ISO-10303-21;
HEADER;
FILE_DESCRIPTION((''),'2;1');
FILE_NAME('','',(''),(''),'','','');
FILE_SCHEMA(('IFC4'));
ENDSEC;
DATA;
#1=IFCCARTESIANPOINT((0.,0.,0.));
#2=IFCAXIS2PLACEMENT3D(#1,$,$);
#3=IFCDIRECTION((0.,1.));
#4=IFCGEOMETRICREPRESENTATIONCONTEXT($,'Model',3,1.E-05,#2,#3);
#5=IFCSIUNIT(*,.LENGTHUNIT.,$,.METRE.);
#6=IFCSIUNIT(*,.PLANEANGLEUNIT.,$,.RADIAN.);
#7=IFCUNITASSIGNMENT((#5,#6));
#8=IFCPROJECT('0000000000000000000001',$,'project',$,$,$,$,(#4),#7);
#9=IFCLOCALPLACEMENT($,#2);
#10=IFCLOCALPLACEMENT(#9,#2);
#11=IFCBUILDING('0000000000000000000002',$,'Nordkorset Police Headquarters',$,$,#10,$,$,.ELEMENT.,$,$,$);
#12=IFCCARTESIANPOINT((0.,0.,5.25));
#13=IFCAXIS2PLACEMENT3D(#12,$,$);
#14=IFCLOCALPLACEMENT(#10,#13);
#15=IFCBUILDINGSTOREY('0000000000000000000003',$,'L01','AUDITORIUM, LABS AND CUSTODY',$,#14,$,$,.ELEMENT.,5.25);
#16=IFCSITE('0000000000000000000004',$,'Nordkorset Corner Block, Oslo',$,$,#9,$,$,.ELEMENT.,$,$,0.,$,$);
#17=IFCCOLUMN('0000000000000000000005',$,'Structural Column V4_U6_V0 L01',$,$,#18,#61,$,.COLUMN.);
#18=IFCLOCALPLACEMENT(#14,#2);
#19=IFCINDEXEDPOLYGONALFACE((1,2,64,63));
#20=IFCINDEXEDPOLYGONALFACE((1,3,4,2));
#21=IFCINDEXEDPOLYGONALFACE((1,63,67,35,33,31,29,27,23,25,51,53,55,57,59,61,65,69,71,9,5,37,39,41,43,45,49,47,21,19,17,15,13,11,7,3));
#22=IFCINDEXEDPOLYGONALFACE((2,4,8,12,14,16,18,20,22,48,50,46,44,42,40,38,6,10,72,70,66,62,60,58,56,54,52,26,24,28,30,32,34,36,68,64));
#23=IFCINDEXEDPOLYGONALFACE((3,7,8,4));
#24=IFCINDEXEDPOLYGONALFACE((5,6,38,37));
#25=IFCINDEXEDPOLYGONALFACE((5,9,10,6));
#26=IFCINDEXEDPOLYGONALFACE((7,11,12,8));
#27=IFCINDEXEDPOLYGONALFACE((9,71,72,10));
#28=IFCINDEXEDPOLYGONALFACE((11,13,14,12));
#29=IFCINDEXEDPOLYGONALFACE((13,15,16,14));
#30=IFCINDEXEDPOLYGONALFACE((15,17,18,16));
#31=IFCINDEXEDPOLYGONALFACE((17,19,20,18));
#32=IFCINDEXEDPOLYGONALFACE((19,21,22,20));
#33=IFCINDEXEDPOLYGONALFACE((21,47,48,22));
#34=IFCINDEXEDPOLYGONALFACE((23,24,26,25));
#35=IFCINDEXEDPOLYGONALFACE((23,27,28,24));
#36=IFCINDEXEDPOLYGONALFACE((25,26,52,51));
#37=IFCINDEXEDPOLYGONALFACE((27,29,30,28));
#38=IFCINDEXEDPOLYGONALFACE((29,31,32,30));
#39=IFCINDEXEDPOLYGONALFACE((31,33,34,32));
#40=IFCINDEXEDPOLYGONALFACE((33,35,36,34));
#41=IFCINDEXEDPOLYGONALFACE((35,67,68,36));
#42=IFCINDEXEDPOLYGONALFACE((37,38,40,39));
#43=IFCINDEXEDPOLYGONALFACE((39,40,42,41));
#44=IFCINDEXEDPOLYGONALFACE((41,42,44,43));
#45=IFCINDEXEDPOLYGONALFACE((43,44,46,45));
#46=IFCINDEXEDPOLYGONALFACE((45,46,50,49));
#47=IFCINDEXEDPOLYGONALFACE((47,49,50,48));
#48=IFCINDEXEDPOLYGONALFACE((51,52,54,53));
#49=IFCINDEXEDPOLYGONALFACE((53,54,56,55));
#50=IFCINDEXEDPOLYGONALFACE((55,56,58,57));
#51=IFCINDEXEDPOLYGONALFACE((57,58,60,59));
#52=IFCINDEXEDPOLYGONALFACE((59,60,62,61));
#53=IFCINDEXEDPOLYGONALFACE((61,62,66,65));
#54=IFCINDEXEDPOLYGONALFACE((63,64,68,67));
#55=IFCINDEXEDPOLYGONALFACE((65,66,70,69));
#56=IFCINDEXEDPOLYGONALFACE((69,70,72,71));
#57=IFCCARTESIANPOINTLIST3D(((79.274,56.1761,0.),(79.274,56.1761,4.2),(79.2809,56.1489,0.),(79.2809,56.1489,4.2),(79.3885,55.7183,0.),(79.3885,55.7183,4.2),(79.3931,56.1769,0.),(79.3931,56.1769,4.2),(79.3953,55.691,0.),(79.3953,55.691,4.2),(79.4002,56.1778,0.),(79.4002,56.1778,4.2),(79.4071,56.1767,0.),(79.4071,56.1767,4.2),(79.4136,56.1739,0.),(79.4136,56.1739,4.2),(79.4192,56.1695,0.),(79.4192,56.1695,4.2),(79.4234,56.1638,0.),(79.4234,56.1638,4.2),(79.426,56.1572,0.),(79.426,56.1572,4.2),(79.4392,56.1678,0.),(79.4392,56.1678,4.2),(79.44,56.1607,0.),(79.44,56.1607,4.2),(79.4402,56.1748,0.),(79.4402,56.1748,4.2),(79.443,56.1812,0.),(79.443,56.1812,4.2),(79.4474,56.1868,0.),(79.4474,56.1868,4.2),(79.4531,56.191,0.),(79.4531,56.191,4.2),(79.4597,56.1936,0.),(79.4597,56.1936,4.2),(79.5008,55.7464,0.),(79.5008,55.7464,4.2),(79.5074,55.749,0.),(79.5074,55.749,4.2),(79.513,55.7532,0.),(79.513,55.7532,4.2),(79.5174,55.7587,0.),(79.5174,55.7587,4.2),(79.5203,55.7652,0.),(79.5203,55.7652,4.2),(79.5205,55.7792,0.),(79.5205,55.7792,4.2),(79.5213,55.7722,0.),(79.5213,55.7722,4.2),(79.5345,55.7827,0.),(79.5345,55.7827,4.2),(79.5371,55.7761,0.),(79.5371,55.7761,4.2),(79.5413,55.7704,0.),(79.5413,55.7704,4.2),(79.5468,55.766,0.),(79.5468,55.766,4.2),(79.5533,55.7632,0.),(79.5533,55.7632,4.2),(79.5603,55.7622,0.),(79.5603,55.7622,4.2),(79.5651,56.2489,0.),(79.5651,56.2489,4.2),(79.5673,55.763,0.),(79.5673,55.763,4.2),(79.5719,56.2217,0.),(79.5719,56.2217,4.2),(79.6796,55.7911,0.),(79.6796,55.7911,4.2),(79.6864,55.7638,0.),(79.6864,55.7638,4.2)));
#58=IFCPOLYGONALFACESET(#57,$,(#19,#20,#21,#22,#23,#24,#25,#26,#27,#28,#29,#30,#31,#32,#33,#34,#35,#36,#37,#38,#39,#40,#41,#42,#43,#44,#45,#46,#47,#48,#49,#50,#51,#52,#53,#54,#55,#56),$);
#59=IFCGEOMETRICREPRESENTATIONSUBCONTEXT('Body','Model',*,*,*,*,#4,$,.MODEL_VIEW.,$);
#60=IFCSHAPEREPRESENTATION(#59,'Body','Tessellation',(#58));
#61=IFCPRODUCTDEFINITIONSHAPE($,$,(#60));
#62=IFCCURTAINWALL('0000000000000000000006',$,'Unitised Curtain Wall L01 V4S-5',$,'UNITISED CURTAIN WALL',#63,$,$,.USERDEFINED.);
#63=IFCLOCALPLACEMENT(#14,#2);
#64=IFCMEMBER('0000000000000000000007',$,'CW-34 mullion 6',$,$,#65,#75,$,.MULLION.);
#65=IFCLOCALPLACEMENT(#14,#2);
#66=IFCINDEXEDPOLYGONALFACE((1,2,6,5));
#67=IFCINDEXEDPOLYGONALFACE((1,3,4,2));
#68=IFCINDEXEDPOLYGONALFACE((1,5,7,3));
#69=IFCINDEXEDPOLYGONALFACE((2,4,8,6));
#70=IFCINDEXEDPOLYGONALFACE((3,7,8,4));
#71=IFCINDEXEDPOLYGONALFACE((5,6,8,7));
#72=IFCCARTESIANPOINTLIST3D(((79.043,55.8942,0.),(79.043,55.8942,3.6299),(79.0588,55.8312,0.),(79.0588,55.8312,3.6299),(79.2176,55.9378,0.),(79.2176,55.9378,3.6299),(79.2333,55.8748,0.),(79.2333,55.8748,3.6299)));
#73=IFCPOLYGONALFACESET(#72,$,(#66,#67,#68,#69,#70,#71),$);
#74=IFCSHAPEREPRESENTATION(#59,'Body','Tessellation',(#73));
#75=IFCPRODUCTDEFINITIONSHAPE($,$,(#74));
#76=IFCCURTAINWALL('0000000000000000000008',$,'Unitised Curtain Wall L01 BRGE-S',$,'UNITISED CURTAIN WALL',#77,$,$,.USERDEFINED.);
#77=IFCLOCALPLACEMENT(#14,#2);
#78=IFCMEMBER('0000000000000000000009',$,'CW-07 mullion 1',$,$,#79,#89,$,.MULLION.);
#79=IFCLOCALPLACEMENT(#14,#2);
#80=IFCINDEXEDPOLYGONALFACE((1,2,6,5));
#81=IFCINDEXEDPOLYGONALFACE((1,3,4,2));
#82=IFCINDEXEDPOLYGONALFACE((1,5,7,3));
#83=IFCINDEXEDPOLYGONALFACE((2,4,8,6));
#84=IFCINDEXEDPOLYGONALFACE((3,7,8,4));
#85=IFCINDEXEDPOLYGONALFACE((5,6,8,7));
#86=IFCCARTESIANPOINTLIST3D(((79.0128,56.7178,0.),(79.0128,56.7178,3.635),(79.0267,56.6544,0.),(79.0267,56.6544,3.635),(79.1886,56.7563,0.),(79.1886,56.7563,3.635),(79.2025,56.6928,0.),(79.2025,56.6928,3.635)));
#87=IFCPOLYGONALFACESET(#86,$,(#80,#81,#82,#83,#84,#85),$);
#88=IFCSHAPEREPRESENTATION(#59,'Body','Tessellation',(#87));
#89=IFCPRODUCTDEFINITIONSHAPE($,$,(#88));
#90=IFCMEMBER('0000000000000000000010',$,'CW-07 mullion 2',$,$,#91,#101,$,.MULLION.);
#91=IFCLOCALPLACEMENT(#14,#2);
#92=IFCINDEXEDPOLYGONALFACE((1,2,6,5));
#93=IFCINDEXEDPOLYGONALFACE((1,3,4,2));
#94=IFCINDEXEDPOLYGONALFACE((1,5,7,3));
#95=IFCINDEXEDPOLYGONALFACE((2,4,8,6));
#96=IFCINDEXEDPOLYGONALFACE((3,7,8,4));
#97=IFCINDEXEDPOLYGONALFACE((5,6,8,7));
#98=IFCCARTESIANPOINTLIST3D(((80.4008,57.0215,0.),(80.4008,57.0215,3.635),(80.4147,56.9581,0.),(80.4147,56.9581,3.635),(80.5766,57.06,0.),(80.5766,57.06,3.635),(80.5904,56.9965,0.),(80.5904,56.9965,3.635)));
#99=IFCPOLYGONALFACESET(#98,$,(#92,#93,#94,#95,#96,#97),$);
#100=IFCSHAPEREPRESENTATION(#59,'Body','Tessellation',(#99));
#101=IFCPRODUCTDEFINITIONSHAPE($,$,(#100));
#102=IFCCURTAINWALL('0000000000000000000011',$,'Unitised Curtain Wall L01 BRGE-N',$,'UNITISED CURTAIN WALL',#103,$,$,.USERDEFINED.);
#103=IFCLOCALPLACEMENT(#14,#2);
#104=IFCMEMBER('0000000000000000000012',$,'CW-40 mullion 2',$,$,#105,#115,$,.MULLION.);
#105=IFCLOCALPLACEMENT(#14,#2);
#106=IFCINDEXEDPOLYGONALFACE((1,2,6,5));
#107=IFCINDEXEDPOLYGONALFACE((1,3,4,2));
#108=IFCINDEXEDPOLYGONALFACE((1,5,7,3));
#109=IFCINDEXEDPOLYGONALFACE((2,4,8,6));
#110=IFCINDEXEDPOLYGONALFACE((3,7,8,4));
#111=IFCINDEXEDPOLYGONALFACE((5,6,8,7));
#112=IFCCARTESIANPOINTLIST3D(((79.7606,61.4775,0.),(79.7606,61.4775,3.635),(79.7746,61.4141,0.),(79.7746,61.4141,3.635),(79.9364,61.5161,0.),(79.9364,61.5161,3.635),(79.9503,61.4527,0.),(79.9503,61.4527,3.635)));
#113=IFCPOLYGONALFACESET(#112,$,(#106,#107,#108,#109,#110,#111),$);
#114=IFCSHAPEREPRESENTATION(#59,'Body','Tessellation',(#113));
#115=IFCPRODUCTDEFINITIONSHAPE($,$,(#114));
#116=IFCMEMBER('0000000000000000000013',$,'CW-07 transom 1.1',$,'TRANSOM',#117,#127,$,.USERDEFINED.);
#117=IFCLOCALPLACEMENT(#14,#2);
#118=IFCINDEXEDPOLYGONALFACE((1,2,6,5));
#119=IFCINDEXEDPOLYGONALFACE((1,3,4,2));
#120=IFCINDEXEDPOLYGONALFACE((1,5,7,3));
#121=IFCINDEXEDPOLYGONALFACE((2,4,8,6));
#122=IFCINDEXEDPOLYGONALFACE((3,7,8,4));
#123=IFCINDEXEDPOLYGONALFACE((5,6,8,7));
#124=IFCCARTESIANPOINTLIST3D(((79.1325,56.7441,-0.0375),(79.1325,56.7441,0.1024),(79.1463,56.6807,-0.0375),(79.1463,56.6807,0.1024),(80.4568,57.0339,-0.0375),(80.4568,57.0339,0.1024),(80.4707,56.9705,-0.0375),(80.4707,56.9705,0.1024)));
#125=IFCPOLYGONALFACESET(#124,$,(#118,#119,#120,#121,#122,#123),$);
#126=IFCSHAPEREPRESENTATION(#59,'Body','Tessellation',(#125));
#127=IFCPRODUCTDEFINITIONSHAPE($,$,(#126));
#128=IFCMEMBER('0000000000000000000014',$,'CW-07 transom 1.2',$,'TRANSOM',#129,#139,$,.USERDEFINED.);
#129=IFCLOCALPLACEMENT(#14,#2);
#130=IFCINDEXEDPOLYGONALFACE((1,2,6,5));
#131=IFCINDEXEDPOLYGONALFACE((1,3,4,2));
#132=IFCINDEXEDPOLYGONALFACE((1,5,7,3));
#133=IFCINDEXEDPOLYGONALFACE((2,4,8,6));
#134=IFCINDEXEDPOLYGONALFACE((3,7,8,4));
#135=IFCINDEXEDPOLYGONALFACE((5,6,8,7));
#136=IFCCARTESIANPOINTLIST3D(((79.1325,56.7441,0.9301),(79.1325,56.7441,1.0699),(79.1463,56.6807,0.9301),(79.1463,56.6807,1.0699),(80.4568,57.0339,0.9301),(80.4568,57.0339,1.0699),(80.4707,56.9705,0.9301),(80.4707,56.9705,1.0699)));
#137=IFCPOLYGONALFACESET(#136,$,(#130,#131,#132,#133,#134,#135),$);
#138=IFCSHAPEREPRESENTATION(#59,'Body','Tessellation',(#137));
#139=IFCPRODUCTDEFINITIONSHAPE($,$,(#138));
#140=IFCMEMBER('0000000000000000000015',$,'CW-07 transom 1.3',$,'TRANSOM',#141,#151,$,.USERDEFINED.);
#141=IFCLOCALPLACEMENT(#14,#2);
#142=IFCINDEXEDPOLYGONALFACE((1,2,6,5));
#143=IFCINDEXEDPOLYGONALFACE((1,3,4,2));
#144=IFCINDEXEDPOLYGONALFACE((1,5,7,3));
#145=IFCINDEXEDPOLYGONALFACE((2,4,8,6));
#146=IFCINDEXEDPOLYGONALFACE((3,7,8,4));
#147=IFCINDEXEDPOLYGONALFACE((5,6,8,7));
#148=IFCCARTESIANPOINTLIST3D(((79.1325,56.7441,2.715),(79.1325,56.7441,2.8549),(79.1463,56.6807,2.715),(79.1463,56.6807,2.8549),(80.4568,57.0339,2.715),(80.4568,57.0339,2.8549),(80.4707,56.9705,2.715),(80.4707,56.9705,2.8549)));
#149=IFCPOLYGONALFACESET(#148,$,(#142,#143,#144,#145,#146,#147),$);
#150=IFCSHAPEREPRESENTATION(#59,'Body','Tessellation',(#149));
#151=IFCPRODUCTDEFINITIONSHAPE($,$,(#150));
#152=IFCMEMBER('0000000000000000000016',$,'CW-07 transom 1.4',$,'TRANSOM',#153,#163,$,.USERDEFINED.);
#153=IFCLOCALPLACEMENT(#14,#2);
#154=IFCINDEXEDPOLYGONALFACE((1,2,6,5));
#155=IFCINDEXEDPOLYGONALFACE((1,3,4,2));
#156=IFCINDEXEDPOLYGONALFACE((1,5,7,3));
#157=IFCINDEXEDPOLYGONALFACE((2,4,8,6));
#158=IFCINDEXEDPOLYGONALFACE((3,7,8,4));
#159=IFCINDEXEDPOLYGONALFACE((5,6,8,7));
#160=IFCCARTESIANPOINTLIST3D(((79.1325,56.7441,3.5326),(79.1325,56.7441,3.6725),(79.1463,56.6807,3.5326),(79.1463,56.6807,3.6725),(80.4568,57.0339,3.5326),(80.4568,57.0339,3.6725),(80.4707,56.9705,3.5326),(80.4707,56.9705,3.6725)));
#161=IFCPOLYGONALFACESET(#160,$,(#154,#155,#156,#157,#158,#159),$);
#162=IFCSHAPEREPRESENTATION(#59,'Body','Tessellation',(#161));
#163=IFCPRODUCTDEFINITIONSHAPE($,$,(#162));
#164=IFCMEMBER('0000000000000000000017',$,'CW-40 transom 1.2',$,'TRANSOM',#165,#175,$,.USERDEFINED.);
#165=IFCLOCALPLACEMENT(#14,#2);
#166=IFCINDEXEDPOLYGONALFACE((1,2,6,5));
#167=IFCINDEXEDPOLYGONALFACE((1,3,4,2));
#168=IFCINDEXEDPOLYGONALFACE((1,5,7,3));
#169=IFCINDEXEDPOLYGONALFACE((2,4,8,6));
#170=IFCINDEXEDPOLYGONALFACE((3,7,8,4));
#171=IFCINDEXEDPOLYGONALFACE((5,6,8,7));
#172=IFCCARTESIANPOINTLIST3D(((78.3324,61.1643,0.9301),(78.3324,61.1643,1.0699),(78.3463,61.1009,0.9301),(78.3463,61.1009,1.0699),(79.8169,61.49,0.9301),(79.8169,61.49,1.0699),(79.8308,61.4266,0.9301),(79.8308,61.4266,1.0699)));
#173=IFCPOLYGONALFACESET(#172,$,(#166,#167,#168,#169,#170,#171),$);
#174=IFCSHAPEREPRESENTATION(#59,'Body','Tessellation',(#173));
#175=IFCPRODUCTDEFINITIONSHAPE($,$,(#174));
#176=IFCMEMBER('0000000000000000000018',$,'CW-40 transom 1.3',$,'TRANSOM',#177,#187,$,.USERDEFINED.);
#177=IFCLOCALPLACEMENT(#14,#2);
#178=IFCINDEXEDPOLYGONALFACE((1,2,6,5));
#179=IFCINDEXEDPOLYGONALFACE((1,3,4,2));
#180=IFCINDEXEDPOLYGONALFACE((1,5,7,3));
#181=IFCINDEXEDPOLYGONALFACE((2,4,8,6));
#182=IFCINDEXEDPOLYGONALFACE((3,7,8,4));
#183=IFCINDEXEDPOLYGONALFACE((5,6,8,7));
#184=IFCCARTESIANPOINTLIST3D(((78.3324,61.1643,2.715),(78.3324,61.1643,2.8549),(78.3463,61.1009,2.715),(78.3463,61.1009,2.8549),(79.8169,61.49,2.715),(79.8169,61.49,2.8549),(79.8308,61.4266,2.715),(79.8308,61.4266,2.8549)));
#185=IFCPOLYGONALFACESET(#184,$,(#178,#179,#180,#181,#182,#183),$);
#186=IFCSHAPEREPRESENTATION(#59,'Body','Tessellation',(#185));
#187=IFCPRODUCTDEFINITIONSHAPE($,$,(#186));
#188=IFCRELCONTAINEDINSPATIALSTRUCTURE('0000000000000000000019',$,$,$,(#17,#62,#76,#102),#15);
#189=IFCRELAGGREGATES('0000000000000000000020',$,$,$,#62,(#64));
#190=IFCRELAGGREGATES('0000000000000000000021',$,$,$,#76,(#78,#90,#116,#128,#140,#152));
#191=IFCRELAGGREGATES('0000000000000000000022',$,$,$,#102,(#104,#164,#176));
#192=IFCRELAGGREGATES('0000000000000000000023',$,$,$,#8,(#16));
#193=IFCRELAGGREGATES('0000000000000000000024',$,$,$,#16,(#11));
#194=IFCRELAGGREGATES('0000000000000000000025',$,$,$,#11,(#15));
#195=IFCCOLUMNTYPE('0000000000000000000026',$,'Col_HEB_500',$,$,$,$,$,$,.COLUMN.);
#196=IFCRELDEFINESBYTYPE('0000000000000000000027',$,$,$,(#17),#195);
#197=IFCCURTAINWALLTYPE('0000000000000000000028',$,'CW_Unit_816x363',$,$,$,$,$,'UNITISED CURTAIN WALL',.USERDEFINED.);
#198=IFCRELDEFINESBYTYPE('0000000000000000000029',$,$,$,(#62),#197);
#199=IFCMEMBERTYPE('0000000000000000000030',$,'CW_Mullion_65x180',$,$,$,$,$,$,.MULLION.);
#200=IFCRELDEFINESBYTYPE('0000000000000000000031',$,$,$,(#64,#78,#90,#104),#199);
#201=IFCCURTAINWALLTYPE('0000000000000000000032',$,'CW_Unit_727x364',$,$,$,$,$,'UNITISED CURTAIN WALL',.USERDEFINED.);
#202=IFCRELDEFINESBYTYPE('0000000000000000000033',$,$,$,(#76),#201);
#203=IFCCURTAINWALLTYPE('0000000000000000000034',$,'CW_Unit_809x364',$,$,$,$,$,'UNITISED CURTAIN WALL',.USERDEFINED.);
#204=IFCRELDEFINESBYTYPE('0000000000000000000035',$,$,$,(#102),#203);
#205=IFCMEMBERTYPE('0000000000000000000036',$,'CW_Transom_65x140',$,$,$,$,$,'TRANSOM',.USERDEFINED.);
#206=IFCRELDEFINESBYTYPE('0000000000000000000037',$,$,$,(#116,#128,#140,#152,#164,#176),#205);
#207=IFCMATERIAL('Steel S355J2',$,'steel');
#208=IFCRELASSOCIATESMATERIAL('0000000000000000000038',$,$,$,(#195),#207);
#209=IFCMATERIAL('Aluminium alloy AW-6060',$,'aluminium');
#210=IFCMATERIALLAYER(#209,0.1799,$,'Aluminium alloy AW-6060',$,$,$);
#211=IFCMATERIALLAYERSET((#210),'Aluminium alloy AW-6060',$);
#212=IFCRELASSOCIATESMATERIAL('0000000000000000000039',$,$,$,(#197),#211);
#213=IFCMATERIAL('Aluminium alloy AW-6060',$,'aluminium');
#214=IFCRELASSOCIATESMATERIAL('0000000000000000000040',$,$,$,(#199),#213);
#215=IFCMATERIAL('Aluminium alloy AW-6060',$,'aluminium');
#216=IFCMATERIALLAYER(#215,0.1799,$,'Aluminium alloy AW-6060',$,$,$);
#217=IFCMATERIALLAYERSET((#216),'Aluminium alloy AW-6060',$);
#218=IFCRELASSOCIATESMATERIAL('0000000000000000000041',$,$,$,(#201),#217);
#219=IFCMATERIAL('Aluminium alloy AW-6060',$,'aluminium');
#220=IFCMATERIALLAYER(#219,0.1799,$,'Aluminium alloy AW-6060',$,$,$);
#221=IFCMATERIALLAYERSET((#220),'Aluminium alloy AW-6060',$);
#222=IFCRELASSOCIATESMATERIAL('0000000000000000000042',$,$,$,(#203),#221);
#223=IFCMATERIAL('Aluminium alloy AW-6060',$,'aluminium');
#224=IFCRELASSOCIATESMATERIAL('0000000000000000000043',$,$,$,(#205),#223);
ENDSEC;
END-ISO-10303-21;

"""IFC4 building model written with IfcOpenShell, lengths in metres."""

from ifc_helpers import new_model, si_unit, direction, frame, origin, origin_2d, place, context, subcontext, project, spatial, rectangle, i_section, extrude, material, layer, layer_set, material_profile, profile_set, type_object, element, aggregate, save


model = new_model("IFC4")

# Units and contexts
model_context = context("Model", 3, precision=1e-05, world=origin(), true_north=direction((0.0, 1.0)))
body_context = subcontext(model_context, "Body", "Model", "MODEL_VIEW")
ifc_project = project(units=[si_unit("LENGTHUNIT", "METRE"), si_unit("PLANEANGLEUNIT", "RADIAN")], contexts=[model_context])

# Site, building, storey
site_placement = place(None, origin())
site = spatial("IfcSite", under=ifc_project, at=site_placement, Name="Nordkorset Corner Block, Oslo", CompositionType="ELEMENT", RefElevation=0.0)
building_placement = place(site_placement, origin())
building = spatial("IfcBuilding", under=site, at=building_placement, Name="Nordkorset Police Headquarters", CompositionType="ELEMENT")
storey_placement = place(building_placement, frame((0.0, 0.0, 5.25)))
storey = spatial("IfcBuildingStorey", under=building, at=storey_placement, Name="L01", Description="AUDITORIUM, LABS AND CUSTODY", CompositionType="ELEMENT", Elevation=5.25)

# Column
ifc_material_1 = material(Name="Steel S355J2", Category="steel")
ifc_material_profile_1 = material_profile(ifc_material_1, i_section(OverallWidth=0.3, OverallDepth=0.5, WebThickness=0.0144, FlangeThickness=0.0281, FilletRadius=0.0271, at=origin_2d()), Name="HEB 500")
ifc_profile_set_1 = profile_set([ifc_material_profile_1], Name="Steel S355J2")
column_type = type_object("IfcColumnType", Name="Col_HEB_500", PredefinedType="COLUMN", material=ifc_profile_set_1)
column_placement = place(storey_placement, frame((79.4802, 55.97, 0.0), z_axis=(0.0, 0.0, 1.0), x_axis=(0.970143, 0.242536, 0.0)))
element("IfcColumn", 1, at=column_placement, inside=storey, type_object=column_type, Name="Structural Column V4_U6_V0 L01", PredefinedType="COLUMN", context=body_context, shape_type="SweptSolid", body=[
    extrude(i_section(OverallWidth=0.3, OverallDepth=0.5, WebThickness=0.0144, FlangeThickness=0.0281, FilletRadius=0.0271, at=origin_2d()), origin(), (0.0, 0.0, 1.0), 4.2),
])

# Curtain wall, member
ifc_material_2 = material(Name="Aluminium alloy AW-6060", Category="aluminium")
ifc_layer_1 = layer(ifc_material_2, 0.1799, Name="Aluminium alloy AW-6060")
ifc_layer_set_1 = layer_set([ifc_layer_1], Name="Aluminium alloy AW-6060")
curtain_wall_type_1 = type_object("IfcCurtainWallType", Name="CW_Unit_816x363", ElementType="UNITISED CURTAIN WALL", PredefinedType="USERDEFINED", material=ifc_layer_set_1)
curtain_wall_1_placement = place(storey_placement, origin())
curtain_wall_1 = element("IfcCurtainWall", 2, at=curtain_wall_1_placement, inside=storey, type_object=curtain_wall_type_1, Name="Unitised Curtain Wall L01 V4S-5", ObjectType="UNITISED CURTAIN WALL", PredefinedType="USERDEFINED")
ifc_material_3 = material(Name="Aluminium alloy AW-6060", Category="aluminium")
ifc_material_profile_2 = material_profile(ifc_material_3, rectangle(XDim=0.0649, YDim=0.1799, at=origin_2d()), Name="ALU MULL 65x180")
ifc_profile_set_2 = profile_set([ifc_material_profile_2], Name="Aluminium alloy AW-6060")
member_type_1 = type_object("IfcMemberType", Name="CW_Mullion_65x180", PredefinedType="MULLION", material=ifc_profile_set_2)
member_1_placement = place(storey_placement, frame((79.1382, 55.8845, 0.0), z_axis=(0.0, 0.0, 1.0), x_axis=(-0.242536, 0.970143, 0.0)))
member_1 = element("IfcMember", 3, at=member_1_placement, type_object=member_type_1, Name="CW-34 mullion 6", PredefinedType="MULLION", context=body_context, shape_type="SweptSolid", body=[
    extrude(rectangle(XDim=0.0649, YDim=0.1799, at=origin_2d()), origin(), (0.0, 0.0, 1.0), 3.6299),
])

# Curtain wall, members
ifc_material_4 = material(Name="Aluminium alloy AW-6060", Category="aluminium")
ifc_layer_2 = layer(ifc_material_4, 0.1799, Name="Aluminium alloy AW-6060")
ifc_layer_set_2 = layer_set([ifc_layer_2], Name="Aluminium alloy AW-6060")
curtain_wall_type_2 = type_object("IfcCurtainWallType", Name="CW_Unit_727x364", ElementType="UNITISED CURTAIN WALL", PredefinedType="USERDEFINED", material=ifc_layer_set_2)
curtain_wall_2_placement = place(storey_placement, origin())
curtain_wall_2 = element("IfcCurtainWall", 4, at=curtain_wall_2_placement, inside=storey, type_object=curtain_wall_type_2, Name="Unitised Curtain Wall L01 BRGE-S", ObjectType="UNITISED CURTAIN WALL", PredefinedType="USERDEFINED")
member_2_placement = place(storey_placement, frame((79.1077, 56.7053, 0.0), z_axis=(0.0, 0.0, 1.0), x_axis=(-0.213737, 0.976891, 0.0)))
member_2 = element("IfcMember", 5, at=member_2_placement, type_object=member_type_1, Name="CW-07 mullion 1", PredefinedType="MULLION", context=body_context, shape_type="SweptSolid", body=[
    extrude(rectangle(XDim=0.0649, YDim=0.1799, at=origin_2d()), origin(), (0.0, 0.0, 1.0), 3.635),
])
member_3_placement = place(storey_placement, frame((80.4956, 57.009, 0.0), z_axis=(0.0, 0.0, 1.0), x_axis=(-0.213737, 0.976891, 0.0)))
member_3 = element("IfcMember", 6, at=member_3_placement, type_object=member_type_1, Name="CW-07 mullion 2", PredefinedType="MULLION", context=body_context, shape_type="SweptSolid", body=[
    extrude(rectangle(XDim=0.0649, YDim=0.1799, at=origin_2d()), origin(), (0.0, 0.0, 1.0), 3.635),
])

# Curtain wall, member
ifc_material_5 = material(Name="Aluminium alloy AW-6060", Category="aluminium")
ifc_layer_3 = layer(ifc_material_5, 0.1799, Name="Aluminium alloy AW-6060")
ifc_layer_set_3 = layer_set([ifc_layer_3], Name="Aluminium alloy AW-6060")
curtain_wall_type_3 = type_object("IfcCurtainWallType", Name="CW_Unit_809x364", ElementType="UNITISED CURTAIN WALL", PredefinedType="USERDEFINED", material=ifc_layer_set_3)
curtain_wall_3_placement = place(storey_placement, origin())
curtain_wall_3 = element("IfcCurtainWall", 7, at=curtain_wall_3_placement, inside=storey, type_object=curtain_wall_type_3, Name="Unitised Curtain Wall L01 BRGE-N", ObjectType="UNITISED CURTAIN WALL", PredefinedType="USERDEFINED")
member_4_placement = place(storey_placement, frame((79.8555, 61.4651, 0.0), z_axis=(0.0, 0.0, 1.0), x_axis=(-0.214298, 0.976768, 0.0)))
member_4 = element("IfcMember", 8, at=member_4_placement, type_object=member_type_1, Name="CW-40 mullion 2", PredefinedType="MULLION", context=body_context, shape_type="SweptSolid", body=[
    extrude(rectangle(XDim=0.0649, YDim=0.1799, at=origin_2d()), origin(), (0.0, 0.0, 1.0), 3.635),
])

# Members
ifc_material_6 = material(Name="Aluminium alloy AW-6060", Category="aluminium")
ifc_material_profile_3 = material_profile(ifc_material_6, rectangle(XDim=0.0649, YDim=0.1399, at=origin_2d()), Name="ALU TRAN 65x140")
ifc_profile_set_3 = profile_set([ifc_material_profile_3], Name="Aluminium alloy AW-6060")
member_type_2 = type_object("IfcMemberType", Name="CW_Transom_65x140", ElementType="TRANSOM", PredefinedType="USERDEFINED", material=ifc_profile_set_3)
member_5_placement = place(storey_placement, frame((79.1394, 56.7124, 0.0325), z_axis=(0.976889, 0.213745, 0.0), x_axis=(-0.213745, 0.976889, 0.0)))
member_5 = element("IfcMember", 9, at=member_5_placement, type_object=member_type_2, Name="CW-07 transom 1.1", ObjectType="TRANSOM", PredefinedType="USERDEFINED", context=body_context, shape_type="SweptSolid", body=[
    extrude(rectangle(XDim=0.0649, YDim=0.1399, at=origin_2d()), origin(), (0.0, 0.0, 1.0), 1.3557),
])
member_6_placement = place(storey_placement, frame((79.1394, 56.7124, 1.0), z_axis=(0.976889, 0.213745, 0.0), x_axis=(-0.213745, 0.976889, 0.0)))
member_6 = element("IfcMember", 10, at=member_6_placement, type_object=member_type_2, Name="CW-07 transom 1.2", ObjectType="TRANSOM", PredefinedType="USERDEFINED", context=body_context, shape_type="SweptSolid", body=[
    extrude(rectangle(XDim=0.0649, YDim=0.1399, at=origin_2d()), origin(), (0.0, 0.0, 1.0), 1.3557),
])
member_7_placement = place(storey_placement, frame((79.1394, 56.7124, 2.7849), z_axis=(0.976889, 0.213745, 0.0), x_axis=(-0.213745, 0.976889, 0.0)))
member_7 = element("IfcMember", 11, at=member_7_placement, type_object=member_type_2, Name="CW-07 transom 1.3", ObjectType="TRANSOM", PredefinedType="USERDEFINED", context=body_context, shape_type="SweptSolid", body=[
    extrude(rectangle(XDim=0.0649, YDim=0.1399, at=origin_2d()), origin(), (0.0, 0.0, 1.0), 1.3557),
])
member_8_placement = place(storey_placement, frame((79.1394, 56.7124, 3.6025), z_axis=(0.976889, 0.213745, 0.0), x_axis=(-0.213745, 0.976889, 0.0)))
member_8 = element("IfcMember", 12, at=member_8_placement, type_object=member_type_2, Name="CW-07 transom 1.4", ObjectType="TRANSOM", PredefinedType="USERDEFINED", context=body_context, shape_type="SweptSolid", body=[
    extrude(rectangle(XDim=0.0649, YDim=0.1399, at=origin_2d()), origin(), (0.0, 0.0, 1.0), 1.3557),
])
member_9_placement = place(storey_placement, frame((78.3394, 61.1326, 1.0), z_axis=(0.976766, 0.21431, 0.0), x_axis=(-0.21431, 0.976766, 0.0)))
member_9 = element("IfcMember", 13, at=member_9_placement, type_object=member_type_2, Name="CW-40 transom 1.2", ObjectType="TRANSOM", PredefinedType="USERDEFINED", context=body_context, shape_type="SweptSolid", body=[
    extrude(rectangle(XDim=0.0649, YDim=0.1399, at=origin_2d()), origin(), (0.0, 0.0, 1.0), 1.5198),
])
member_10_placement = place(storey_placement, frame((78.3394, 61.1326, 2.7849), z_axis=(0.976766, 0.21431, 0.0), x_axis=(-0.21431, 0.976766, 0.0)))
member_10 = element("IfcMember", 14, at=member_10_placement, type_object=member_type_2, Name="CW-40 transom 1.3", ObjectType="TRANSOM", PredefinedType="USERDEFINED", context=body_context, shape_type="SweptSolid", body=[
    extrude(rectangle(XDim=0.0649, YDim=0.1399, at=origin_2d()), origin(), (0.0, 0.0, 1.0), 1.5198),
])

aggregate(curtain_wall_1, [member_1])
aggregate(curtain_wall_2, [member_2, member_3, member_5, member_6, member_7, member_8])
aggregate(curtain_wall_3, [member_4, member_9, member_10])

save(model, "model.ifc")
